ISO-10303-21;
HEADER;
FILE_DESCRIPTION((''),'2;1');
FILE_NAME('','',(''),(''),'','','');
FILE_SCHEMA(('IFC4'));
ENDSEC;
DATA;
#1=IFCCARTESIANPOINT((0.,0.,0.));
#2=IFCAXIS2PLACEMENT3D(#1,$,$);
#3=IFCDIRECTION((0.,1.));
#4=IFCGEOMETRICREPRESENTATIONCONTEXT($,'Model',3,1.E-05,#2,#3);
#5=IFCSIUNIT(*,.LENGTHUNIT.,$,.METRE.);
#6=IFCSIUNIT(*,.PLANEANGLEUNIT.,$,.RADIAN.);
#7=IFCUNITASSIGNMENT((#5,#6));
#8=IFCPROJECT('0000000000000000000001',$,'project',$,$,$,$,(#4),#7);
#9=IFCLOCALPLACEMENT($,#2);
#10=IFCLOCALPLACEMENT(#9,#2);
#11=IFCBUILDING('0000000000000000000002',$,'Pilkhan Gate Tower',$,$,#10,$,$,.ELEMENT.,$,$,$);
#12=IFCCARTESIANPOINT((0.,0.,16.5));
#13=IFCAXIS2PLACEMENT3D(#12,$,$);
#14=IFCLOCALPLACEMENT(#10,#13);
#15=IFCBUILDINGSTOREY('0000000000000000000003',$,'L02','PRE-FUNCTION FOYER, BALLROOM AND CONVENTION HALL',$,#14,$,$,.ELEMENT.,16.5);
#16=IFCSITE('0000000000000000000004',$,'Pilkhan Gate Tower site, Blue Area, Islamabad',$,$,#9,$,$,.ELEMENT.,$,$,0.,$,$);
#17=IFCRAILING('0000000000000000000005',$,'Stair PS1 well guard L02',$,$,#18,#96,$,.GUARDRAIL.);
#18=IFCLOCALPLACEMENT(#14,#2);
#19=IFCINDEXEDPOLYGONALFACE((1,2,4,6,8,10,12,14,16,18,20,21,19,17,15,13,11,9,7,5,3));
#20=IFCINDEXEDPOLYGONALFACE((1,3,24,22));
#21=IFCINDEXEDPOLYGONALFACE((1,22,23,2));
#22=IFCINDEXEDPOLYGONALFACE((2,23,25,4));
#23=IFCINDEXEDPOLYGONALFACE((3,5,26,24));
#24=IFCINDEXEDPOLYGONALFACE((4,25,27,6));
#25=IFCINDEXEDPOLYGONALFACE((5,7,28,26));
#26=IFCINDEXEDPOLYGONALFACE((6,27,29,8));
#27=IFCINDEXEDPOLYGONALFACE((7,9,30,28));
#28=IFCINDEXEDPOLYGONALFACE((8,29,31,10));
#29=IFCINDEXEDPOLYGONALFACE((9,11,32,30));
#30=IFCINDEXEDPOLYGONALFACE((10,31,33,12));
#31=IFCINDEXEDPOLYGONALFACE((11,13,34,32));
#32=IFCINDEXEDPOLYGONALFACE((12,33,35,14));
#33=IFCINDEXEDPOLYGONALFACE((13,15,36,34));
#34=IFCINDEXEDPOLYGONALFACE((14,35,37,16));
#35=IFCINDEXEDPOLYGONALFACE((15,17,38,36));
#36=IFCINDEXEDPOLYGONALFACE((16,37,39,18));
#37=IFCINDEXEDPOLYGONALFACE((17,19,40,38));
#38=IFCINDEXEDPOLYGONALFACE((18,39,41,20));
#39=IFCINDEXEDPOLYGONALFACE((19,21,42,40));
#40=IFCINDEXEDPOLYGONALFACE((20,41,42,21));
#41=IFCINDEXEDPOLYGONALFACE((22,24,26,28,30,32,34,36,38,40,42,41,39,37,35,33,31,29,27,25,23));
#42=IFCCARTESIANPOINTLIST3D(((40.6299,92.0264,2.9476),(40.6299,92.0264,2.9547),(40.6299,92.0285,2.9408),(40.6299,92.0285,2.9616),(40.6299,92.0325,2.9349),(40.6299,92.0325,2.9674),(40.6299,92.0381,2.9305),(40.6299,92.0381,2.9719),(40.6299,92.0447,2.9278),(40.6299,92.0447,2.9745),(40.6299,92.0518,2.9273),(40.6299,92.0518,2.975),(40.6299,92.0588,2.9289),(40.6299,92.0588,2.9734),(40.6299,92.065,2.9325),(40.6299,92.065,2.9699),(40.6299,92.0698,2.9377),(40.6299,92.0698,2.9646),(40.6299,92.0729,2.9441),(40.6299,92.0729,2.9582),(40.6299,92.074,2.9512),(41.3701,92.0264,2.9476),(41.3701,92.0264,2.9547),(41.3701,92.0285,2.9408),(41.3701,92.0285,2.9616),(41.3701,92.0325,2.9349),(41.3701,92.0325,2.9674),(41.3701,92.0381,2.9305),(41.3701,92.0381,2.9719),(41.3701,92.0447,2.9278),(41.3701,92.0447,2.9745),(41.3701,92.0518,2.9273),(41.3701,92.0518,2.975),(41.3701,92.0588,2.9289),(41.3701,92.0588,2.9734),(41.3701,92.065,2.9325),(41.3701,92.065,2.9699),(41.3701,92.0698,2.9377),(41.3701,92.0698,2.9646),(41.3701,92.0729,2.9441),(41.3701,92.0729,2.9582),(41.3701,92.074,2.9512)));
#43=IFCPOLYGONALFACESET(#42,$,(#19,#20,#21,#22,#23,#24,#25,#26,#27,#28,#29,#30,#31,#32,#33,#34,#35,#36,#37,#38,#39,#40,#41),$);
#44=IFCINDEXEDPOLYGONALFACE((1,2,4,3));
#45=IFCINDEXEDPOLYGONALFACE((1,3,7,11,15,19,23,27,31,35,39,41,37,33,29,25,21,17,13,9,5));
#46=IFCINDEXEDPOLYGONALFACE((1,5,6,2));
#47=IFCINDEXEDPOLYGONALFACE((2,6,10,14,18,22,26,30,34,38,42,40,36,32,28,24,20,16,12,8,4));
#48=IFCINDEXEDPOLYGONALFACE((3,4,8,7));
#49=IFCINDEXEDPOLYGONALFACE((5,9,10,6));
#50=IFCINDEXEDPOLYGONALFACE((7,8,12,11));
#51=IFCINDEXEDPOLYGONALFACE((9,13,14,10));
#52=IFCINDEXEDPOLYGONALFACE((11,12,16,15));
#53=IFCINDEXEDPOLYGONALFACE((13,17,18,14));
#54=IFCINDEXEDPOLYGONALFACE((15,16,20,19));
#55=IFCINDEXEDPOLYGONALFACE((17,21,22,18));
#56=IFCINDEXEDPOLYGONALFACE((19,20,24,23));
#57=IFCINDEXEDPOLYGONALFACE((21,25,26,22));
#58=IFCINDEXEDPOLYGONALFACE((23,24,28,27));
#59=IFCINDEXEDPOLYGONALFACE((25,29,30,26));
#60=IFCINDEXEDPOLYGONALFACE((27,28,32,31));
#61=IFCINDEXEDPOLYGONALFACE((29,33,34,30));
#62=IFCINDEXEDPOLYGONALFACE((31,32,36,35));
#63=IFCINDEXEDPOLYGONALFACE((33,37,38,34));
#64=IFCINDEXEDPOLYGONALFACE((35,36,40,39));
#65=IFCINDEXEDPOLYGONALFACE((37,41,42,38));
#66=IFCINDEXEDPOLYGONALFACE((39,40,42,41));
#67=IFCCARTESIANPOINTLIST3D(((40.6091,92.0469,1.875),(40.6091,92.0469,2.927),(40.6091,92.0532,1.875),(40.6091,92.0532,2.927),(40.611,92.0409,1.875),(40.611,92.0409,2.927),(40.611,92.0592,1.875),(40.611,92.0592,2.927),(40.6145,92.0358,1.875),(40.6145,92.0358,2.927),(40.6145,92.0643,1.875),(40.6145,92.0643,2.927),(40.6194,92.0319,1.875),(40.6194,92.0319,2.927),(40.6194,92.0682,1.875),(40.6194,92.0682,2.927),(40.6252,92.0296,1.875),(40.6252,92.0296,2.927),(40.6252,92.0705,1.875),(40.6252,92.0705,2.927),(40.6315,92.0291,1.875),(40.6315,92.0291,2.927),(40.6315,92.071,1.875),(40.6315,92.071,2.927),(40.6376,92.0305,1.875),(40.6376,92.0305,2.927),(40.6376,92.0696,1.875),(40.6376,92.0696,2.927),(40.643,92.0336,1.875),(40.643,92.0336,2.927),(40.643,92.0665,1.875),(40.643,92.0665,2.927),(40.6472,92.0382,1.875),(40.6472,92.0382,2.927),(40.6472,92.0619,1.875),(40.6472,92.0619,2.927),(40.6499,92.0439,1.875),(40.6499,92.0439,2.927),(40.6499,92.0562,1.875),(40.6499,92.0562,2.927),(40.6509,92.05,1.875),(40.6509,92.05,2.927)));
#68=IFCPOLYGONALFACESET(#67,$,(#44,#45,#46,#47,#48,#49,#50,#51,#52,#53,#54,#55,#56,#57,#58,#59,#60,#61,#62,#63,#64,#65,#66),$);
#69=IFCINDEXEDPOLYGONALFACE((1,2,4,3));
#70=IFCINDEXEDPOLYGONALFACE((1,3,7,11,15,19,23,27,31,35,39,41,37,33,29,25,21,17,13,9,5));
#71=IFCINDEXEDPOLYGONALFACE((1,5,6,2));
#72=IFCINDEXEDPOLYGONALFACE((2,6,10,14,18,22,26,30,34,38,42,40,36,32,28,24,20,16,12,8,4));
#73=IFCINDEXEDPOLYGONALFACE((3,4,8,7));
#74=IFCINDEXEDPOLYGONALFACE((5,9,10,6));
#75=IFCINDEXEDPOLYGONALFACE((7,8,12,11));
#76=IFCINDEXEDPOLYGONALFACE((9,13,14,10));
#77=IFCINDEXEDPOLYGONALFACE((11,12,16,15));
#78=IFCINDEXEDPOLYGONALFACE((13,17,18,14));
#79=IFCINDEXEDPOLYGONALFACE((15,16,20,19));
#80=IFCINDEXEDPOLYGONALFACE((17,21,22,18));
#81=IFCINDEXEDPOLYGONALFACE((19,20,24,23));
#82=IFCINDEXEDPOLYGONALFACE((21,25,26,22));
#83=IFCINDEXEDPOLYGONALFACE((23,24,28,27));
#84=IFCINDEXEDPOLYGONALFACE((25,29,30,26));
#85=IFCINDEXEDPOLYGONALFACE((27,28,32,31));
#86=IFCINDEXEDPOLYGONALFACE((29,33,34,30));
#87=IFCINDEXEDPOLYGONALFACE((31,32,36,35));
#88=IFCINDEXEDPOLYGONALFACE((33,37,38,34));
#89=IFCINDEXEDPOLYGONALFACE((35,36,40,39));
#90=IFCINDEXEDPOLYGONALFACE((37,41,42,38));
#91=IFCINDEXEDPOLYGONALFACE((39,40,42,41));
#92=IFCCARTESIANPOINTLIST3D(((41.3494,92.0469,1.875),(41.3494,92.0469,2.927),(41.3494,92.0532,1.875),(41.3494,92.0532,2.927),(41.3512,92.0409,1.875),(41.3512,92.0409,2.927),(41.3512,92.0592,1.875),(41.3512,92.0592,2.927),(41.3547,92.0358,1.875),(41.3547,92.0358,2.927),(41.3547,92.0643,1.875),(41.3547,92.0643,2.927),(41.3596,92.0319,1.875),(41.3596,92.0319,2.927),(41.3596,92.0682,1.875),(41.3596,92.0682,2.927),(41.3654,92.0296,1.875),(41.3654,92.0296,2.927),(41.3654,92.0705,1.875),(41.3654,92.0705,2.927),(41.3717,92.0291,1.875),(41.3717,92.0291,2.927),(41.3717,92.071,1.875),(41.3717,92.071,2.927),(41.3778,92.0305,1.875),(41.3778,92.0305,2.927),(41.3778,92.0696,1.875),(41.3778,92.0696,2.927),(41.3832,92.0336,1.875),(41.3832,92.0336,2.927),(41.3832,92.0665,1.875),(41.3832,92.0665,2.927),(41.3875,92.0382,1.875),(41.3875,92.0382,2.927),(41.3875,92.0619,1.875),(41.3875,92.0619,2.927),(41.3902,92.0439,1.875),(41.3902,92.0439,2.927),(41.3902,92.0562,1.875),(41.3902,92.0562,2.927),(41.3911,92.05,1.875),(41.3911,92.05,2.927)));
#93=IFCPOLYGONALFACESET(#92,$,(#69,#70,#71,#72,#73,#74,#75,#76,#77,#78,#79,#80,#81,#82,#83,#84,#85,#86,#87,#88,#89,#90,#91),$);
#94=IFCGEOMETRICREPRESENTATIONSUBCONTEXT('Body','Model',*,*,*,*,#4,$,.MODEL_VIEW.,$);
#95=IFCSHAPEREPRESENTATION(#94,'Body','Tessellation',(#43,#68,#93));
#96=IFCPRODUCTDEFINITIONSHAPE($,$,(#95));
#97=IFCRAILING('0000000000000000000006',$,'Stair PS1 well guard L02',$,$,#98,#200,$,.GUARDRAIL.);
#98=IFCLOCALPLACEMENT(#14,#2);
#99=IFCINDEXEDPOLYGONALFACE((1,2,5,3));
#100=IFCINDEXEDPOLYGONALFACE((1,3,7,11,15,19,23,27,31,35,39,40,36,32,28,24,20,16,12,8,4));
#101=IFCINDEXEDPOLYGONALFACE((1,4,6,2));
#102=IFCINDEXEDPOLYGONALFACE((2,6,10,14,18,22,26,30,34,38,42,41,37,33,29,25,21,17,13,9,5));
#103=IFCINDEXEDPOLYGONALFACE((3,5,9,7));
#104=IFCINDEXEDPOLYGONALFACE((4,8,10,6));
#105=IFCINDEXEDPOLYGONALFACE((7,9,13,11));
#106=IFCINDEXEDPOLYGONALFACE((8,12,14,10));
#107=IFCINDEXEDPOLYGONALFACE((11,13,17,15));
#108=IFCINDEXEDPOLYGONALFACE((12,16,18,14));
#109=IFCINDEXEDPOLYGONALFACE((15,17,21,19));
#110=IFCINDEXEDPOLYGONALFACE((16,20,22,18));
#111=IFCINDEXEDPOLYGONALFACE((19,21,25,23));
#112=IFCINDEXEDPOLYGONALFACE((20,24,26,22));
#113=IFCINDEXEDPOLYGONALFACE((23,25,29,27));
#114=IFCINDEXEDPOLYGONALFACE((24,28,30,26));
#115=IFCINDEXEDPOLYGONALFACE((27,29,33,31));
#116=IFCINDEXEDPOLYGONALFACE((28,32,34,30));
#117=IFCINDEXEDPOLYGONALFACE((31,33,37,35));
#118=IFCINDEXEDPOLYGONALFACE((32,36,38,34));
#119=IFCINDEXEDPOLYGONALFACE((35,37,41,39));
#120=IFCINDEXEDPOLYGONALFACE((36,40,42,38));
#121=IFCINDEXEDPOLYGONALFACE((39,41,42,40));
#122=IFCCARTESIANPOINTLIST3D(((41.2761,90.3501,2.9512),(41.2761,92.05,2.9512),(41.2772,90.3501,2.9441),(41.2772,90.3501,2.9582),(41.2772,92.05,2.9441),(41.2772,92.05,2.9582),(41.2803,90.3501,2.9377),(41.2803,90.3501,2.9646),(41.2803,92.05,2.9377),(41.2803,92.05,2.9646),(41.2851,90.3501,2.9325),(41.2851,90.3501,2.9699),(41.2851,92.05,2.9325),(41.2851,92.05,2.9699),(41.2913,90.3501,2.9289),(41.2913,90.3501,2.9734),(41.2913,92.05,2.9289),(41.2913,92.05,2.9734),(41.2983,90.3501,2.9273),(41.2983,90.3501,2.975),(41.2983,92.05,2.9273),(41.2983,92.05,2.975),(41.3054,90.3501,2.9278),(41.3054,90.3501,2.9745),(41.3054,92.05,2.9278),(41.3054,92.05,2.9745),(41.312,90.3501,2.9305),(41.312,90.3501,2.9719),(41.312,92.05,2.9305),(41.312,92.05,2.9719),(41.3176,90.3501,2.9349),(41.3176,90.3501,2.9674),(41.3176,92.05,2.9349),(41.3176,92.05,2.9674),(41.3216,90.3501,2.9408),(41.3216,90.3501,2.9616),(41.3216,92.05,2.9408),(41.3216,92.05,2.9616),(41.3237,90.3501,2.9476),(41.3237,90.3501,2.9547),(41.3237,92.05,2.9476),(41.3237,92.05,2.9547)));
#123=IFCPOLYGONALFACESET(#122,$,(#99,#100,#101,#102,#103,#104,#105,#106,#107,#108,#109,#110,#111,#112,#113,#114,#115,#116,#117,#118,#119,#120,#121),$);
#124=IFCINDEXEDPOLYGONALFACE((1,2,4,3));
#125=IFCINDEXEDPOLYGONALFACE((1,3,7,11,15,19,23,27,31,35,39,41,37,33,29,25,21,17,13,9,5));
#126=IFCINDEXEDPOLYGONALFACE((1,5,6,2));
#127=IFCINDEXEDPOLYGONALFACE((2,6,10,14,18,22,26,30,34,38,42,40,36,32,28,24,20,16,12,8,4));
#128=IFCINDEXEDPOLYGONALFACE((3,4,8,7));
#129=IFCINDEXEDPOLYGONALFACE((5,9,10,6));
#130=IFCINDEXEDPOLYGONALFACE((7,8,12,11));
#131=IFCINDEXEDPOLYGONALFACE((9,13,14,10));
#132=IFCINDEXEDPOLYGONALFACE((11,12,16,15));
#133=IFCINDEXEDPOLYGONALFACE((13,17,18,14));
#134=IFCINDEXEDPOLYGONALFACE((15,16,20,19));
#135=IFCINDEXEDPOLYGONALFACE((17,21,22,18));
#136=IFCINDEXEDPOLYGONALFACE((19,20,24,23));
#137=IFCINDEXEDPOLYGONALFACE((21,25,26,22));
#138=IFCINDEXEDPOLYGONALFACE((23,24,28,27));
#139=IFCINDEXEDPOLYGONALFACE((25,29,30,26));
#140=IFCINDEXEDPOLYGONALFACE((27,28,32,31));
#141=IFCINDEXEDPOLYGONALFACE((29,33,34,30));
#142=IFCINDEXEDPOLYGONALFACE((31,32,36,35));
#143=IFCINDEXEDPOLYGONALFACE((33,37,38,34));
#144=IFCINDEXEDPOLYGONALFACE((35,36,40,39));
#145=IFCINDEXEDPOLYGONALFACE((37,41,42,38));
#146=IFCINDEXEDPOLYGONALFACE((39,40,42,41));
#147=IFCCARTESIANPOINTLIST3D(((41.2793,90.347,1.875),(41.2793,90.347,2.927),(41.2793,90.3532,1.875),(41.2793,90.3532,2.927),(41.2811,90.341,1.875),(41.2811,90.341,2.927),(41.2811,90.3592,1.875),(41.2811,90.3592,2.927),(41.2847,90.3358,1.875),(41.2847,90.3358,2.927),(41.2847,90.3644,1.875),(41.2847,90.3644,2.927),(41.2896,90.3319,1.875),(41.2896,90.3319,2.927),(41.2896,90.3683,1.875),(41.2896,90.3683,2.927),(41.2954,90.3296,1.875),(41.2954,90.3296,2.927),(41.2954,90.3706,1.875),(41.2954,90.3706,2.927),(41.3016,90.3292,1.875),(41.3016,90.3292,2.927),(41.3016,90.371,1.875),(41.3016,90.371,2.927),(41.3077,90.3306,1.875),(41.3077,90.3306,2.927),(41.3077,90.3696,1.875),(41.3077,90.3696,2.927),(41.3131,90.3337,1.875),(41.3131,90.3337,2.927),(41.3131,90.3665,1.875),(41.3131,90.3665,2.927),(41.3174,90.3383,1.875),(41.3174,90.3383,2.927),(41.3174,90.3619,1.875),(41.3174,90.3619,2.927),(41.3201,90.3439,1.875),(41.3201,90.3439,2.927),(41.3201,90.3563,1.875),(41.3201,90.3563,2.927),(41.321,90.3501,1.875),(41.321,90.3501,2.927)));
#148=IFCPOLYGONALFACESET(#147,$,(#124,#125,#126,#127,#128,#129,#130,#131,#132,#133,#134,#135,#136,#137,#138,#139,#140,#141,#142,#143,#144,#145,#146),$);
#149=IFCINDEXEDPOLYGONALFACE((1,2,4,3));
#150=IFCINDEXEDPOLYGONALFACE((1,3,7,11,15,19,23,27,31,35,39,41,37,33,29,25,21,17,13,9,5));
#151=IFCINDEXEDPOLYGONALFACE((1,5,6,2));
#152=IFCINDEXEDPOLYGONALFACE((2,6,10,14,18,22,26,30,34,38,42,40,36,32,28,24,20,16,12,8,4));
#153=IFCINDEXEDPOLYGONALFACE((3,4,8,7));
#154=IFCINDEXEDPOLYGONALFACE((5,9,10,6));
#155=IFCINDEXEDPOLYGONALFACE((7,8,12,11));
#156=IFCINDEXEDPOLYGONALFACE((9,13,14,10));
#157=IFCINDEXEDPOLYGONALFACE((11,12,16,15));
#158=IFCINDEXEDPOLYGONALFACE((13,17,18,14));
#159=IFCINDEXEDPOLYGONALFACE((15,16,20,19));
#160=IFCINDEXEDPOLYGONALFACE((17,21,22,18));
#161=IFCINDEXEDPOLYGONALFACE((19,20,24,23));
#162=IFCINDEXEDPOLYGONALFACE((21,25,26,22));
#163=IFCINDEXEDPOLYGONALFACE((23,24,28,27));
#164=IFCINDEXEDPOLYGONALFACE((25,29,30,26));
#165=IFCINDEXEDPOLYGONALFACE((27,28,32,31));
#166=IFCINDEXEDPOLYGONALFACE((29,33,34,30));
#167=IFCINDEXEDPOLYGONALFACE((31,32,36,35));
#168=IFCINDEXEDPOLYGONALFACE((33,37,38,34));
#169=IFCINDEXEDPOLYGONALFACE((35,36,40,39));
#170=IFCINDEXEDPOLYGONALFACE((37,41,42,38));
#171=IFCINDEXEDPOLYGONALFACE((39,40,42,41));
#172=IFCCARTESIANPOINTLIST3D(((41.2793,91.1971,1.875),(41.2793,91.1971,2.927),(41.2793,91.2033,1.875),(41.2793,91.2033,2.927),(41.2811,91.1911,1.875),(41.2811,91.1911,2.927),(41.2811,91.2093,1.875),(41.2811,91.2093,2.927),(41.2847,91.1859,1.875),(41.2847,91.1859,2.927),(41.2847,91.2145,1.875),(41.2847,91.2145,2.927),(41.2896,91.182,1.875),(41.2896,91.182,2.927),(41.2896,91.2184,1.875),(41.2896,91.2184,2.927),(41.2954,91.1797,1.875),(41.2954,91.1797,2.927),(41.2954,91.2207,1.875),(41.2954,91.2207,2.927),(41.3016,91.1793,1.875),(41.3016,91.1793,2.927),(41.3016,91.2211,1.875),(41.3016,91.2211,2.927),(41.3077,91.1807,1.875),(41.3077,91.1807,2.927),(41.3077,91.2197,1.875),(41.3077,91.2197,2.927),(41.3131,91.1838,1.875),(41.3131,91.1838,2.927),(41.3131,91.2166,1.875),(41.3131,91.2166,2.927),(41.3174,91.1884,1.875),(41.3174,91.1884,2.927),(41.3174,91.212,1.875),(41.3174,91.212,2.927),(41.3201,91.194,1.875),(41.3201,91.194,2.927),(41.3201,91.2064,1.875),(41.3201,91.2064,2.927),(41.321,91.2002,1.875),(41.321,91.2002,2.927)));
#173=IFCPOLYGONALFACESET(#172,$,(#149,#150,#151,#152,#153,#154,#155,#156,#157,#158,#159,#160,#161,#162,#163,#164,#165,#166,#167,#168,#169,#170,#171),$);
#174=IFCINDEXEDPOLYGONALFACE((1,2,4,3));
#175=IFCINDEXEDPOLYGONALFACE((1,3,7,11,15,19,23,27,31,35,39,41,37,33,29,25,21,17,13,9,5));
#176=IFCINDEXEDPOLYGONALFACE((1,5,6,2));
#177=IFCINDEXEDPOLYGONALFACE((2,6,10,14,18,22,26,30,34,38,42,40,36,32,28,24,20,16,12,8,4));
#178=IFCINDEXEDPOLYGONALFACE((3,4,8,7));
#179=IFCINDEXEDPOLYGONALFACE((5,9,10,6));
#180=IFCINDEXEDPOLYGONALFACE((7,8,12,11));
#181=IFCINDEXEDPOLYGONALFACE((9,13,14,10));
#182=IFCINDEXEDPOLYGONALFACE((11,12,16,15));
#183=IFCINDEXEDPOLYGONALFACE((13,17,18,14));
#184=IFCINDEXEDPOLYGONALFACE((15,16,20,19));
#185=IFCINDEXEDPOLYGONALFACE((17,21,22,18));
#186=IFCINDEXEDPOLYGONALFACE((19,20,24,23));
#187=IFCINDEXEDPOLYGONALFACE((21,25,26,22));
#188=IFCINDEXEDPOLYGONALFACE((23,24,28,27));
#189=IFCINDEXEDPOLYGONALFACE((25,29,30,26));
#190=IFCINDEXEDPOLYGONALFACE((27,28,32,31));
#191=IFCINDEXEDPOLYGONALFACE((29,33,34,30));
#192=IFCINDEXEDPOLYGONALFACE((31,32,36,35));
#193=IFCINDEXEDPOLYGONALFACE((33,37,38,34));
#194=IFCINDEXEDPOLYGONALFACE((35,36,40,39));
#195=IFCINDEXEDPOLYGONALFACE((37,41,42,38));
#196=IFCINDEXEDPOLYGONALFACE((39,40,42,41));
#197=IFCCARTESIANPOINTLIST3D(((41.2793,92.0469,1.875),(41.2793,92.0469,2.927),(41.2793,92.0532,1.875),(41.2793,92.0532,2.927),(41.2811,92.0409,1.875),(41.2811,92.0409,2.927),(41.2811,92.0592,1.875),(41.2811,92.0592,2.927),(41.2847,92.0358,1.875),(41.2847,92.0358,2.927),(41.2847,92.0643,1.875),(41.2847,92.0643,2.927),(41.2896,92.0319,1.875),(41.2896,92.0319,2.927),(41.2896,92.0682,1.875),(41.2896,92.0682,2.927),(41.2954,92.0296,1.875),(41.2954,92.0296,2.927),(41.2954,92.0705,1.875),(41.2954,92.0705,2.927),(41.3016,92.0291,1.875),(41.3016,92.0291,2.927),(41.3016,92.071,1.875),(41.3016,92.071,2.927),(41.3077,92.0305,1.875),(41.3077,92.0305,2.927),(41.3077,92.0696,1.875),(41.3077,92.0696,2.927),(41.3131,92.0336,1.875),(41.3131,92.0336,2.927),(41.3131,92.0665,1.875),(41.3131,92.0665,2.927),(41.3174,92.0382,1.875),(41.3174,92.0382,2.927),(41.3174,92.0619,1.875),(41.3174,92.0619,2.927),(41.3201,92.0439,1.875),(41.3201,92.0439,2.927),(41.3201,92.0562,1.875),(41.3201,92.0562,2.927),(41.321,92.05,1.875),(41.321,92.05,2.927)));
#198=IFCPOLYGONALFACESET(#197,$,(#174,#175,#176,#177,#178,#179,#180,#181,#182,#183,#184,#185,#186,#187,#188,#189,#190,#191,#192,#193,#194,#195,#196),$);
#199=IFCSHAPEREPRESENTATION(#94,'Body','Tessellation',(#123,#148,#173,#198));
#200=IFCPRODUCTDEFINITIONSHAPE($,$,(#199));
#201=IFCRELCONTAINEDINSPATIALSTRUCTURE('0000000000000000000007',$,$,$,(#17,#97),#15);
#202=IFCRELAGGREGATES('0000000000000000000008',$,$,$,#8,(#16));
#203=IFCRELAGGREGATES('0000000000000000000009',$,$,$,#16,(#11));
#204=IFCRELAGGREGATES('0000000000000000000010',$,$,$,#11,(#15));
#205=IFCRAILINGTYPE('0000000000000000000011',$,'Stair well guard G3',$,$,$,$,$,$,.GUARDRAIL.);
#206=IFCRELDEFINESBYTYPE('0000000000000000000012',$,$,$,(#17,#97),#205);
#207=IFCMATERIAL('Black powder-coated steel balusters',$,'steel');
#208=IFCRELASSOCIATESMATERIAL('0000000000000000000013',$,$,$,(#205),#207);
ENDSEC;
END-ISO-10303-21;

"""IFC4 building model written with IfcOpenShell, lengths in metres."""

from ifc_helpers import new_model, si_unit, direction, frame, origin, origin_2d, place, context, subcontext, project, spatial, circle, extrude, material, type_object, element, save


model = new_model("IFC4")

# Units and contexts
model_context = context("Model", 3, precision=1e-05, world=origin(), true_north=direction((0.0, 1.0)))
body_context = subcontext(model_context, "Body", "Model", "MODEL_VIEW")
ifc_project = project(units=[si_unit("LENGTHUNIT", "METRE"), si_unit("PLANEANGLEUNIT", "RADIAN")], contexts=[model_context])

# Site, building, storey
site_placement = place(None, origin())
site = spatial("IfcSite", under=ifc_project, at=site_placement, Name="Pilkhan Gate Tower site, Blue Area, Islamabad", CompositionType="ELEMENT", RefElevation=0.0)
building_placement = place(site_placement, origin())
building = spatial("IfcBuilding", under=site, at=building_placement, Name="Pilkhan Gate Tower", CompositionType="ELEMENT")
storey_placement = place(building_placement, frame((0.0, 0.0, 16.5)))
storey = spatial("IfcBuildingStorey", under=building, at=storey_placement, Name="L02", Description="PRE-FUNCTION FOYER, BALLROOM AND CONVENTION HALL", CompositionType="ELEMENT", Elevation=16.5)

# Railings
ifc_material_1 = material(Name="Black powder-coated steel balusters", Category="steel")
railing_type_1 = type_object("IfcRailingType", Name="Stair well guard G3", PredefinedType="GUARDRAIL", material=ifc_material_1)
railing_1_placement = place(storey_placement, frame((40.6299, 92.05, 1.875)))
element("IfcRailing", 1, at=railing_1_placement, inside=storey, type_object=railing_type_1, Name="Stair PS1 well guard L02", PredefinedType="GUARDRAIL", context=body_context, shape_type="SweptSolid", body=[
    extrude(circle(Radius=0.0239, at=origin_2d()), frame((0.0, 0.0, 1.0762), z_axis=(1.0, 0.0, 0.0), x_axis=(0.0, 1.0, 0.0)), (0.0, 0.0, 1.0), 0.7402),
    extrude(circle(Radius=0.021, at=origin_2d()), origin(), (0.0, 0.0, 1.0), 1.052),
    extrude(circle(Radius=0.021, at=origin_2d()), frame((0.7402, 0.0, 0.0)), (0.0, 0.0, 1.0), 1.052),
])
railing_2_placement = place(storey_placement, frame((41.3, 90.3501, 1.875)))
element("IfcRailing", 2, at=railing_2_placement, inside=storey, type_object=railing_type_1, Name="Stair PS1 well guard L02", PredefinedType="GUARDRAIL", context=body_context, shape_type="SweptSolid", body=[
    extrude(circle(Radius=0.0239, at=origin_2d()), frame((0.0, 0.0, 1.0762), z_axis=(0.0, 1.0, 0.0), x_axis=(-1.0, 0.0, 0.0)), (0.0, 0.0, 1.0), 1.7),
    extrude(circle(Radius=0.021, at=origin_2d()), origin(), (0.0, 0.0, 1.0), 1.052),
    extrude(circle(Radius=0.021, at=origin_2d()), frame((0.0, 0.8501, 0.0)), (0.0, 0.0, 1.0), 1.052),
    extrude(circle(Radius=0.021, at=origin_2d()), frame((0.0, 1.7, 0.0)), (0.0, 0.0, 1.0), 1.052),
])

save(model, "model.ifc")
